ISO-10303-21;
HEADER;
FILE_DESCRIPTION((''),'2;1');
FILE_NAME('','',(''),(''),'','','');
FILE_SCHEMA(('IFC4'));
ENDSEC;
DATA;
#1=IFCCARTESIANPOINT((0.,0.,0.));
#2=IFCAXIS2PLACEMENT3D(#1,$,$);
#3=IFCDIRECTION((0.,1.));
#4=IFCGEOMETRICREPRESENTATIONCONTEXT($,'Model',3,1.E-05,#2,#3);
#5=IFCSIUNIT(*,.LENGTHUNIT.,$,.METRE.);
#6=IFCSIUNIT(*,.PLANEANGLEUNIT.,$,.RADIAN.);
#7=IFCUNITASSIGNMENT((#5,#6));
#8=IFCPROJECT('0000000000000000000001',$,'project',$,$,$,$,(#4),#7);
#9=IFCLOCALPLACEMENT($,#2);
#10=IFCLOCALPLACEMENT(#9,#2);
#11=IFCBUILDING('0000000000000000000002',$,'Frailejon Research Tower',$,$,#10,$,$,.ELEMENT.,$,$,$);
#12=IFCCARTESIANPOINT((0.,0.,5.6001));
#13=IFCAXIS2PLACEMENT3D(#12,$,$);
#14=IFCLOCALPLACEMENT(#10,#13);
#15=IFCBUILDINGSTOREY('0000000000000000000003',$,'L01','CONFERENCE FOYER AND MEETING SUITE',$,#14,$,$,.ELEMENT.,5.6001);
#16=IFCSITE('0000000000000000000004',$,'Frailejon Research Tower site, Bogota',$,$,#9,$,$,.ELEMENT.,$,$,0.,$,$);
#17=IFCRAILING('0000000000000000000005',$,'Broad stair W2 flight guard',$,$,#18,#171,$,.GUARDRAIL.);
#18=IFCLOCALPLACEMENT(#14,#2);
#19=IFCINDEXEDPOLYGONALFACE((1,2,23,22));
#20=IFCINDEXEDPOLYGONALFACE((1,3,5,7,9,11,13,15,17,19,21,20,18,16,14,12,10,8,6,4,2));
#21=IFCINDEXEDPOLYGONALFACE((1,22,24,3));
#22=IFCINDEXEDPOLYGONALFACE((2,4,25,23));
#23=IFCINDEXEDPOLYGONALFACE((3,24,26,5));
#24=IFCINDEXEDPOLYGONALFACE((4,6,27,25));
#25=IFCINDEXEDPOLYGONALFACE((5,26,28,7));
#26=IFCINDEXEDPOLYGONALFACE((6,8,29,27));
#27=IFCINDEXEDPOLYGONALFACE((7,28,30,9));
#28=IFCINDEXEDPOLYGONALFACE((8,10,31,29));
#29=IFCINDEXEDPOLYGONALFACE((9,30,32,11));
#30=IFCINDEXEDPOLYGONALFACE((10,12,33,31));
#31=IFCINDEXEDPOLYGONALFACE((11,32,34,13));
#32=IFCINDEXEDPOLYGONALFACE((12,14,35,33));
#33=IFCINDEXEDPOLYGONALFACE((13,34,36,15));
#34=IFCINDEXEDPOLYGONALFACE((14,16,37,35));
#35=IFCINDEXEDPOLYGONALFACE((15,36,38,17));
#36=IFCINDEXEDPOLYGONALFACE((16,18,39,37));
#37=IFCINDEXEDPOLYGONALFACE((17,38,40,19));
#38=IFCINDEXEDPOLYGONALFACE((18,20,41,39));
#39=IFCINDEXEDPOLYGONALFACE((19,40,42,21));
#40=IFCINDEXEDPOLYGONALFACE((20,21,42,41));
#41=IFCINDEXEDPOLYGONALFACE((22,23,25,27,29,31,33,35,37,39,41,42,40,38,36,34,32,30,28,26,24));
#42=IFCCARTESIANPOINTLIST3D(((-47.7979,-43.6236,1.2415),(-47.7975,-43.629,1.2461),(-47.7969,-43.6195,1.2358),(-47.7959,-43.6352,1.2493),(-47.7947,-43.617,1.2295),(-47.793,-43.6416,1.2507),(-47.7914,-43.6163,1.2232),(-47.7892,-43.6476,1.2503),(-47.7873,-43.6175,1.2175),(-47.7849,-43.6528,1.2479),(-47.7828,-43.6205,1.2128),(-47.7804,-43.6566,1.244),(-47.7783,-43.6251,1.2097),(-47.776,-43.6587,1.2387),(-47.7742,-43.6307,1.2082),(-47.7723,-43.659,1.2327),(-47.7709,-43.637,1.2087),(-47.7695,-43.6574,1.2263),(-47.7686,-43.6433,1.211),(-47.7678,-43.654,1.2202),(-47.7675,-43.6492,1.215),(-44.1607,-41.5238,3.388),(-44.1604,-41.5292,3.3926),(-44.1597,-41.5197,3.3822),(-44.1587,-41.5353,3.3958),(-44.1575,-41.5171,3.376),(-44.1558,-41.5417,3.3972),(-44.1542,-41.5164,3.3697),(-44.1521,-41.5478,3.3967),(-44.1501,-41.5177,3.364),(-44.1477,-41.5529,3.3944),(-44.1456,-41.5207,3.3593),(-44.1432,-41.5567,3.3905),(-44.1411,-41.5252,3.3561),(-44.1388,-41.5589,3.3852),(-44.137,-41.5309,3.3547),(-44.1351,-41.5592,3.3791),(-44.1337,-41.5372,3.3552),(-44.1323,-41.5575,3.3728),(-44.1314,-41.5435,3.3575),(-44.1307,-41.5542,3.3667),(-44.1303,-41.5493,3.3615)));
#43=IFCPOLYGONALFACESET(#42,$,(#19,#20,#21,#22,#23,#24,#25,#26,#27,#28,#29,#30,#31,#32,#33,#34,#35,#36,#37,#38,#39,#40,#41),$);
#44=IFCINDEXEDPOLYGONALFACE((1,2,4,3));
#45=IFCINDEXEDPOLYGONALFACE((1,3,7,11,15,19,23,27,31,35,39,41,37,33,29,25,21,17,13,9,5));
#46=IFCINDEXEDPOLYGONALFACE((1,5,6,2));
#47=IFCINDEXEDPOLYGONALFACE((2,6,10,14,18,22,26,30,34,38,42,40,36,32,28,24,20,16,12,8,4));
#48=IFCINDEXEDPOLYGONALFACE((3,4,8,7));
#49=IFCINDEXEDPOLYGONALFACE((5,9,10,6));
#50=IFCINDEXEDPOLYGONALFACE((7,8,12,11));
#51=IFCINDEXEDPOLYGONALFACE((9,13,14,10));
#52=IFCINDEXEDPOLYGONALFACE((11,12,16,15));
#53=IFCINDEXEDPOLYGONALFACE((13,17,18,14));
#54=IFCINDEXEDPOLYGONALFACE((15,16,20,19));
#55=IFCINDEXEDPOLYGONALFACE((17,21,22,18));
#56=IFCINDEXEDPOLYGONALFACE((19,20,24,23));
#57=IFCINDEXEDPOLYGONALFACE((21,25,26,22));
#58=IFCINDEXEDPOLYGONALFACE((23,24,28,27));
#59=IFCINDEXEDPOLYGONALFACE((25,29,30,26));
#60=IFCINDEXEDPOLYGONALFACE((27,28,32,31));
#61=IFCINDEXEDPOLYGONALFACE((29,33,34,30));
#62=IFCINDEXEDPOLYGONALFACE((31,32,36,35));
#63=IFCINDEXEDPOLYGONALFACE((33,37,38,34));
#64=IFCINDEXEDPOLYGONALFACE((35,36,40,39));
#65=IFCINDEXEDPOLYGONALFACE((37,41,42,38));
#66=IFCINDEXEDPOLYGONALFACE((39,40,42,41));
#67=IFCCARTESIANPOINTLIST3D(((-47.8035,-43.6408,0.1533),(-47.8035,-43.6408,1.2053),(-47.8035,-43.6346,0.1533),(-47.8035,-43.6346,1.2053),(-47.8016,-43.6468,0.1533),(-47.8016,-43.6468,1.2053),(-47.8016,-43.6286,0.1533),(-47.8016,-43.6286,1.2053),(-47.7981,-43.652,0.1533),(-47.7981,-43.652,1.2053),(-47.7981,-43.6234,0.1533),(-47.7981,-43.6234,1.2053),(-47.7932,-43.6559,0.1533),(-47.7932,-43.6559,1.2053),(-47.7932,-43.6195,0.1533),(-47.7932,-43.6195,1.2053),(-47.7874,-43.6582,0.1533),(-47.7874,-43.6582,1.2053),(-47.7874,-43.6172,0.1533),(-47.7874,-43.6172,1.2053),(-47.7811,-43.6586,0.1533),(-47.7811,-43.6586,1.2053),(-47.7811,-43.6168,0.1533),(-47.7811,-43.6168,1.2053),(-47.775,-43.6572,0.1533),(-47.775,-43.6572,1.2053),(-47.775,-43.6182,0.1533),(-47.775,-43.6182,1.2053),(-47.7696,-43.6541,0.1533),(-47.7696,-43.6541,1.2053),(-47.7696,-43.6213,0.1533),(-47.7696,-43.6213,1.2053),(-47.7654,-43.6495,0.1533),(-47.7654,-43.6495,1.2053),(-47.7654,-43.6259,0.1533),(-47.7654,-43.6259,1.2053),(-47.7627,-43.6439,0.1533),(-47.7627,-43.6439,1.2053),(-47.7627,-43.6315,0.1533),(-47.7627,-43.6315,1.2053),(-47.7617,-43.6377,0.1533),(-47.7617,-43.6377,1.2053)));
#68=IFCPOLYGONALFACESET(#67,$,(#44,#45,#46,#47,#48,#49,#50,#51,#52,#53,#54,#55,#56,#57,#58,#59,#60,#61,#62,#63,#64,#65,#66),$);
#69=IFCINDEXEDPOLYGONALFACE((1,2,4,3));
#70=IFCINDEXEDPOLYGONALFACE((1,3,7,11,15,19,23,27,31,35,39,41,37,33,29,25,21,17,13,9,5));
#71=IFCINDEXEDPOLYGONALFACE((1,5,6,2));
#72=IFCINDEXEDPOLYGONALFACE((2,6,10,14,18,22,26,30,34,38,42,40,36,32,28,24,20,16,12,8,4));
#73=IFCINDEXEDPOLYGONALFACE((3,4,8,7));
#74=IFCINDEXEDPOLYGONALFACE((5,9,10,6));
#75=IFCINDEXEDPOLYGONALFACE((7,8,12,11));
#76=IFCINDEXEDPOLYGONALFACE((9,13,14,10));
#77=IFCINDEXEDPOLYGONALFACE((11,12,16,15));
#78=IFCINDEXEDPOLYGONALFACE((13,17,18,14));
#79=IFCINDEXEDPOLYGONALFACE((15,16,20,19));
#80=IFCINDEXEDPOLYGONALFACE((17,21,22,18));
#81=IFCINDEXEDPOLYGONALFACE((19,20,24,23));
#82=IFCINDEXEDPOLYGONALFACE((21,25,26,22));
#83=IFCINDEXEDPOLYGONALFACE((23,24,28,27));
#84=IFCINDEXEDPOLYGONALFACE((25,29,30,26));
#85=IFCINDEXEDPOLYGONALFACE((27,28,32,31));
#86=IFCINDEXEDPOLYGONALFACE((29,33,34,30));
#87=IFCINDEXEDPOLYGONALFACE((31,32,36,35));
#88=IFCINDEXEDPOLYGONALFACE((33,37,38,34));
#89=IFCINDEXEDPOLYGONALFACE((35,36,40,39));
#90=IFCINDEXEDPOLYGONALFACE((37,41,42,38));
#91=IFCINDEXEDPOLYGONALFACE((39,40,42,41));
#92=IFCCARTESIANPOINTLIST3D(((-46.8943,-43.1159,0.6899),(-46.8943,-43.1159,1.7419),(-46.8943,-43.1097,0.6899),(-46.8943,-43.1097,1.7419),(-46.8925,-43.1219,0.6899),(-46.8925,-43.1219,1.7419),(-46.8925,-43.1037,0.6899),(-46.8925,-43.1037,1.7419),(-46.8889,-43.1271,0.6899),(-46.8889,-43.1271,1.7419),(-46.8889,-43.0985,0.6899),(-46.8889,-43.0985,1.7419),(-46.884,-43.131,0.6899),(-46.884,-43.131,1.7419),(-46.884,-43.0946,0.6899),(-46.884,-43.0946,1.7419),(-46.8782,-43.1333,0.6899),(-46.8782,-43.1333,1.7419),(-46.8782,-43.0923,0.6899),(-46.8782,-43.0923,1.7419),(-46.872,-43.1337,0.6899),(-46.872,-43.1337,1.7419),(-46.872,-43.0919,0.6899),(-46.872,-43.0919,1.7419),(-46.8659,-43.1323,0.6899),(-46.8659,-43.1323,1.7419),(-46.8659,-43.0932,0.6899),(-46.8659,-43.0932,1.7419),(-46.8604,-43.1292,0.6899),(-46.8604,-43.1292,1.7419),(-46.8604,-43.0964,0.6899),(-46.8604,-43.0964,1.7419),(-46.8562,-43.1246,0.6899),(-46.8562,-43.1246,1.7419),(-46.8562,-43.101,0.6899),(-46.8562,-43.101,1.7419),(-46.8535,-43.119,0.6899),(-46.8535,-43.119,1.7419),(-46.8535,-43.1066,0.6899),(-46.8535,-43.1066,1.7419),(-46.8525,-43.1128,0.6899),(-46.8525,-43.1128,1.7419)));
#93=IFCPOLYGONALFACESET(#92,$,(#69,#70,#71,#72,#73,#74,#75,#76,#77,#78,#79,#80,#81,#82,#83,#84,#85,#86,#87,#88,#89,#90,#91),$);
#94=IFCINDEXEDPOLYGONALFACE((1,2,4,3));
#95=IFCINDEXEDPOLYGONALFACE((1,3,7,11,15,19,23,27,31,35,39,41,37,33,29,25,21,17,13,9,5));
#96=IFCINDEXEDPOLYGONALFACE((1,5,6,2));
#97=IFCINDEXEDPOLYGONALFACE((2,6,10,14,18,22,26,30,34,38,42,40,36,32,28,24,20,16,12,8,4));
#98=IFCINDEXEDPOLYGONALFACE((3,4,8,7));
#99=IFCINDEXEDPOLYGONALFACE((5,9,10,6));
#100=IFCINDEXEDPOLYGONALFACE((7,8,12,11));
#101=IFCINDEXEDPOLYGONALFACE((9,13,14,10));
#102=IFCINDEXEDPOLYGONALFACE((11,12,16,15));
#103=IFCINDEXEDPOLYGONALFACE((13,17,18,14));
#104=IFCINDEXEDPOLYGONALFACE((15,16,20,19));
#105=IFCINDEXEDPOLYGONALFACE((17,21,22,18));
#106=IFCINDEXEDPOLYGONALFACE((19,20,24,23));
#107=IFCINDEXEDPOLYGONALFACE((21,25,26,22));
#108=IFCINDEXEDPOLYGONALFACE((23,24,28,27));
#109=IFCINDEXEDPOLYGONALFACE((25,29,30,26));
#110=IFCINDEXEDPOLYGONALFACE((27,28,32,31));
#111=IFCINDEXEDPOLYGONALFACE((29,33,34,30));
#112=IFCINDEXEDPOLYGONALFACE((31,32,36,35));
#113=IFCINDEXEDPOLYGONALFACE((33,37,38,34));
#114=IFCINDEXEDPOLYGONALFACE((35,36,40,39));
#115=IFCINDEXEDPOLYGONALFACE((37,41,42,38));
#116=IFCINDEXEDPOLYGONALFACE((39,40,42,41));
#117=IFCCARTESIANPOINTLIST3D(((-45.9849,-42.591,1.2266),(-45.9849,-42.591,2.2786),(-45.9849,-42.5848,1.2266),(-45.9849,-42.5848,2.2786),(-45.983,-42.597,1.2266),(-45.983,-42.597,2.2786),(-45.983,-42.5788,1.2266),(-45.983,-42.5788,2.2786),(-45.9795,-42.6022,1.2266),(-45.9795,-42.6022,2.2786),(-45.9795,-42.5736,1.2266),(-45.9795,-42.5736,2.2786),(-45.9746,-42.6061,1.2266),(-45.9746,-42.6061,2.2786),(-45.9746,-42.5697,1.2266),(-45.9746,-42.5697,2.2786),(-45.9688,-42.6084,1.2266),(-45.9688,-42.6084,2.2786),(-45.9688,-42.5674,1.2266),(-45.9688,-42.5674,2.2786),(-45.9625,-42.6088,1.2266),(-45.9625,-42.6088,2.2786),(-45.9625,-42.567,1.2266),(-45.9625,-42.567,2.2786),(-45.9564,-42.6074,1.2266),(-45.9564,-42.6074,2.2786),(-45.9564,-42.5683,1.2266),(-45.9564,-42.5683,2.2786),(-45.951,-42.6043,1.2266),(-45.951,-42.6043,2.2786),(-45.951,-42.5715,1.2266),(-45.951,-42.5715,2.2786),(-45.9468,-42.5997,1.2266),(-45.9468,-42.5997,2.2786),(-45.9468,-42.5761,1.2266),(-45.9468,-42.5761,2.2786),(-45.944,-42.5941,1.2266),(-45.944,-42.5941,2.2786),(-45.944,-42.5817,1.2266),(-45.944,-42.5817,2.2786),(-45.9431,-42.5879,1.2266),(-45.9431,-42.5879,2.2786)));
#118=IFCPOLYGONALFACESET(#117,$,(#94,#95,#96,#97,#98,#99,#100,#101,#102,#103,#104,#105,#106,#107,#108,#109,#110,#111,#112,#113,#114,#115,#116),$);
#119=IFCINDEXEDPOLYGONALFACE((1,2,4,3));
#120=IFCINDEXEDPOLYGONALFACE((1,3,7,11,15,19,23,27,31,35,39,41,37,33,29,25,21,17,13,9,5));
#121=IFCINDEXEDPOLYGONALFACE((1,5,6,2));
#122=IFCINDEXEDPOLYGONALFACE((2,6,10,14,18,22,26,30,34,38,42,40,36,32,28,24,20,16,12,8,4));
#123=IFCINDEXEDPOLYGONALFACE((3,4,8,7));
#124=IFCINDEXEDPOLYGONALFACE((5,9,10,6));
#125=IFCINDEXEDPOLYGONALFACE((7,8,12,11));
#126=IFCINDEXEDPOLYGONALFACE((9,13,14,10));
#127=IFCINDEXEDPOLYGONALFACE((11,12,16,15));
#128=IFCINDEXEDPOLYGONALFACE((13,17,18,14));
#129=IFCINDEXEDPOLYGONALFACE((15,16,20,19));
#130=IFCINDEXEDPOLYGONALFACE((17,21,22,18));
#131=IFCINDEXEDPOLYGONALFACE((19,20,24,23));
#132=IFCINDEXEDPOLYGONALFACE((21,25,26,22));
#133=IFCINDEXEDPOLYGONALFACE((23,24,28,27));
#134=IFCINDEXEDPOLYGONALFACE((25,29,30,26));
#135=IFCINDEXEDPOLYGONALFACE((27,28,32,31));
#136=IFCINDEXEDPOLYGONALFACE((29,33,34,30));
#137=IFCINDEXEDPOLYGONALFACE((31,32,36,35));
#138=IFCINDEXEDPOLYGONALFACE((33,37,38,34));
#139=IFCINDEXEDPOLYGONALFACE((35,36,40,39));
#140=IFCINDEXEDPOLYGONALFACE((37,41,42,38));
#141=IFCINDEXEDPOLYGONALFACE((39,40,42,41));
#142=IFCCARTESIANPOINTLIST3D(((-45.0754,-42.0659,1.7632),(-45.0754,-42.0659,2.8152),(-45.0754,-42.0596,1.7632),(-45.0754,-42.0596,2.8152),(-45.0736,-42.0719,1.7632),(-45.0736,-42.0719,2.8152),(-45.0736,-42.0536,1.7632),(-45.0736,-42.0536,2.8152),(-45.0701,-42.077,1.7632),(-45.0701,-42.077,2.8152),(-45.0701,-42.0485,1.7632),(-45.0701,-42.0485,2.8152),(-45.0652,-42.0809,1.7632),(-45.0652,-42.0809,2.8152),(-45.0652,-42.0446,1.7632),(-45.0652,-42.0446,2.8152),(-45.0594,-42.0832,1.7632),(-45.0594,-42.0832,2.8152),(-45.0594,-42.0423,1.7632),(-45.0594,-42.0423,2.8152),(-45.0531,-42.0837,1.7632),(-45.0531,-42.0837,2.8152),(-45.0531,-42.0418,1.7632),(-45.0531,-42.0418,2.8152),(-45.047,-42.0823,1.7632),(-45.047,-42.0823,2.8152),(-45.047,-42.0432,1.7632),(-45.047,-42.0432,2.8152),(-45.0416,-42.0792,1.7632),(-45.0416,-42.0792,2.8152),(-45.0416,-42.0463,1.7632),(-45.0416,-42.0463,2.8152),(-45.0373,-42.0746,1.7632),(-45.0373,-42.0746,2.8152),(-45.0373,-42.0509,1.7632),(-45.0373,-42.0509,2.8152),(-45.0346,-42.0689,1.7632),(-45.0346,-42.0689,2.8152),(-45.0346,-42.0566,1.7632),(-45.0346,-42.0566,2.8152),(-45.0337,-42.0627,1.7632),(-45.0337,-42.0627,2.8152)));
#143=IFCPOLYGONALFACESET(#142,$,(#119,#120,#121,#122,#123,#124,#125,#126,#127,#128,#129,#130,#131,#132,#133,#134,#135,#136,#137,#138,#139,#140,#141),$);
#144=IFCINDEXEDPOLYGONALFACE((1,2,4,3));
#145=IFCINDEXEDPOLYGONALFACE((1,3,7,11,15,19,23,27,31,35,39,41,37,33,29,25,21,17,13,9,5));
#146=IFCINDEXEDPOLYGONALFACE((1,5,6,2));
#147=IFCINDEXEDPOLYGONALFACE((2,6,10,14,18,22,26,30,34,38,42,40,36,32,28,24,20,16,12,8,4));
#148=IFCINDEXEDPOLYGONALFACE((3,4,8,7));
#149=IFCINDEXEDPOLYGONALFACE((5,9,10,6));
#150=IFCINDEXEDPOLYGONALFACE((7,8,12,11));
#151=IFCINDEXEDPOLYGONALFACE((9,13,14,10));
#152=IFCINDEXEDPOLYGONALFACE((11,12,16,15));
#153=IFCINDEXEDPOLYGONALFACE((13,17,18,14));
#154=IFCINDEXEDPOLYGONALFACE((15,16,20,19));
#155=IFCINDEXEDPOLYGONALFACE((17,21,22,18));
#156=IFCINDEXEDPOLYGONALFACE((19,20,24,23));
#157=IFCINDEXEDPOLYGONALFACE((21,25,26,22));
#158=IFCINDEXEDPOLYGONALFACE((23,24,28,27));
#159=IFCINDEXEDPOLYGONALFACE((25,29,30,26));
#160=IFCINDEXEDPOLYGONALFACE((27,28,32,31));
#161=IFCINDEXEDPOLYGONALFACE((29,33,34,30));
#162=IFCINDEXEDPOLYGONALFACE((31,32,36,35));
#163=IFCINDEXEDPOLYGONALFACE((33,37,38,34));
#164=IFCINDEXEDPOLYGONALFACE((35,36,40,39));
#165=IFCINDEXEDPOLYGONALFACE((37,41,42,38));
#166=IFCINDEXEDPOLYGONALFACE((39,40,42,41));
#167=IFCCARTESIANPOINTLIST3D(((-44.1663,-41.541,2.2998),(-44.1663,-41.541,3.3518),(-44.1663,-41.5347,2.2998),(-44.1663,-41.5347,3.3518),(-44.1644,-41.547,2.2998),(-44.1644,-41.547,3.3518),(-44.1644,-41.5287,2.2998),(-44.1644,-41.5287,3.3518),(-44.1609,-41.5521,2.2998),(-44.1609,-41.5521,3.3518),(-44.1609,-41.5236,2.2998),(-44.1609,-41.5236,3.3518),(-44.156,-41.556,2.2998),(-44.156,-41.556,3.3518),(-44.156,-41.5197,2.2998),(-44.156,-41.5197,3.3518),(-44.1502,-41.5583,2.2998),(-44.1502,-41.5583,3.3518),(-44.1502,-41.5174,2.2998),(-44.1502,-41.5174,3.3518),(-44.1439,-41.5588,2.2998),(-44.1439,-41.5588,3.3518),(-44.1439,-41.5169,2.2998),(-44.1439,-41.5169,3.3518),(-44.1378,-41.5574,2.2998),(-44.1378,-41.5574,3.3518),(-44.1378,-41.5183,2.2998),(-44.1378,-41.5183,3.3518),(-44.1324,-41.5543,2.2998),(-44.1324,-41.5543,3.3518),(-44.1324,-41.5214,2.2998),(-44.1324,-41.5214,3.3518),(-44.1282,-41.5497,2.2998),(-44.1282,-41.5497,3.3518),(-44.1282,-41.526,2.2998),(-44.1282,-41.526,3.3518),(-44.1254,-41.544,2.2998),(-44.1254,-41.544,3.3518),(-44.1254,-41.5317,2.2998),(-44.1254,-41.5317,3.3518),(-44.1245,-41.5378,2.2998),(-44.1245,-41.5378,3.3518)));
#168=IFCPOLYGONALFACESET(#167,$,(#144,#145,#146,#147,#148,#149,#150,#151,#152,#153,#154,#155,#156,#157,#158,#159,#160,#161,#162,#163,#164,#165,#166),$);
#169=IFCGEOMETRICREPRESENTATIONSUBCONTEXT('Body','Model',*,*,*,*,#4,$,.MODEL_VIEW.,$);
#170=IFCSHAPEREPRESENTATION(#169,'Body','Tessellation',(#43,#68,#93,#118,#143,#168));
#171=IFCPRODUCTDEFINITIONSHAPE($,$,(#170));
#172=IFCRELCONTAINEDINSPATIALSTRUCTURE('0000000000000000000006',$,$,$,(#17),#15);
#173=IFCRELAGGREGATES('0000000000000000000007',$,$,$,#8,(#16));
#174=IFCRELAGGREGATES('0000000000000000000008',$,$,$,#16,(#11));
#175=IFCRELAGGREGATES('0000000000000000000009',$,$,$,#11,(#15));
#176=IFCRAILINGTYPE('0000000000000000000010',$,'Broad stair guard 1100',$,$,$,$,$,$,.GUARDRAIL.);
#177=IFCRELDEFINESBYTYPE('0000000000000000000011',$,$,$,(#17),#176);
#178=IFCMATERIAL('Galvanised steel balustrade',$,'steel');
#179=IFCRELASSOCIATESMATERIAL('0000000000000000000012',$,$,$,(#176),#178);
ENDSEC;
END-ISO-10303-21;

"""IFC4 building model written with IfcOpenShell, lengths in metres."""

from ifc_helpers import new_model, si_unit, direction, frame, origin, origin_2d, place, context, subcontext, project, spatial, circle, extrude, material, type_object, element, save


model = new_model("IFC4")

# Units and contexts
model_context = context("Model", 3, precision=1e-05, world=origin(), true_north=direction((0.0, 1.0)))
body_context = subcontext(model_context, "Body", "Model", "MODEL_VIEW")
ifc_project = project(units=[si_unit("LENGTHUNIT", "METRE"), si_unit("PLANEANGLEUNIT", "RADIAN")], contexts=[model_context])

# Site, building, storey
site_placement = place(None, origin())
site = spatial("IfcSite", under=ifc_project, at=site_placement, Name="Frailejon Research Tower site, Bogota", CompositionType="ELEMENT", RefElevation=0.0)
building_placement = place(site_placement, origin())
building = spatial("IfcBuilding", under=site, at=building_placement, Name="Frailejon Research Tower", CompositionType="ELEMENT")
storey_placement = place(building_placement, frame((0.0, 0.0, 5.6001)))
storey = spatial("IfcBuildingStorey", under=building, at=storey_placement, Name="L01", Description="CONFERENCE FOYER AND MEETING SUITE", CompositionType="ELEMENT", Elevation=5.6001)

# Railing
ifc_material_1 = material(Name="Galvanised steel balustrade", Category="steel")
railing_type_1 = type_object("IfcRailingType", Name="Broad stair guard 1100", PredefinedType="GUARDRAIL", material=ifc_material_1)
railing_1_placement = place(storey_placement, frame((-47.7827, -43.6377, 0.1533)))
element("IfcRailing", 1, at=railing_1_placement, inside=storey, type_object=railing_type_1, Name="Broad stair W2 flight guard", PredefinedType="GUARDRAIL", context=body_context, shape_type="SweptSolid", body=[
    extrude(circle(Radius=0.0239, at=origin_2d()), frame((0.0, 0.0, 1.0762), z_axis=(0.771155, 0.445208, 0.455094), x_axis=(-0.499984, 0.866035, 0.0)), (0.0, 0.0, 1.0), 4.7166),
    extrude(circle(Radius=0.021, at=origin_2d()), origin(), (0.0, 0.0, 1.0), 1.052),
    extrude(circle(Radius=0.021, at=origin_2d()), frame((0.9092, 0.5249, 0.5366)), (0.0, 0.0, 1.0), 1.052),
    extrude(circle(Radius=0.021, at=origin_2d()), frame((1.8186, 1.0498, 1.0732)), (0.0, 0.0, 1.0), 1.052),
    extrude(circle(Radius=0.021, at=origin_2d()), frame((2.728, 1.575, 1.6099)), (0.0, 0.0, 1.0), 1.052),
    extrude(circle(Radius=0.021, at=origin_2d()), frame((3.6372, 2.0999, 2.1465)), (0.0, 0.0, 1.0), 1.052),
])

save(model, "model.ifc")
